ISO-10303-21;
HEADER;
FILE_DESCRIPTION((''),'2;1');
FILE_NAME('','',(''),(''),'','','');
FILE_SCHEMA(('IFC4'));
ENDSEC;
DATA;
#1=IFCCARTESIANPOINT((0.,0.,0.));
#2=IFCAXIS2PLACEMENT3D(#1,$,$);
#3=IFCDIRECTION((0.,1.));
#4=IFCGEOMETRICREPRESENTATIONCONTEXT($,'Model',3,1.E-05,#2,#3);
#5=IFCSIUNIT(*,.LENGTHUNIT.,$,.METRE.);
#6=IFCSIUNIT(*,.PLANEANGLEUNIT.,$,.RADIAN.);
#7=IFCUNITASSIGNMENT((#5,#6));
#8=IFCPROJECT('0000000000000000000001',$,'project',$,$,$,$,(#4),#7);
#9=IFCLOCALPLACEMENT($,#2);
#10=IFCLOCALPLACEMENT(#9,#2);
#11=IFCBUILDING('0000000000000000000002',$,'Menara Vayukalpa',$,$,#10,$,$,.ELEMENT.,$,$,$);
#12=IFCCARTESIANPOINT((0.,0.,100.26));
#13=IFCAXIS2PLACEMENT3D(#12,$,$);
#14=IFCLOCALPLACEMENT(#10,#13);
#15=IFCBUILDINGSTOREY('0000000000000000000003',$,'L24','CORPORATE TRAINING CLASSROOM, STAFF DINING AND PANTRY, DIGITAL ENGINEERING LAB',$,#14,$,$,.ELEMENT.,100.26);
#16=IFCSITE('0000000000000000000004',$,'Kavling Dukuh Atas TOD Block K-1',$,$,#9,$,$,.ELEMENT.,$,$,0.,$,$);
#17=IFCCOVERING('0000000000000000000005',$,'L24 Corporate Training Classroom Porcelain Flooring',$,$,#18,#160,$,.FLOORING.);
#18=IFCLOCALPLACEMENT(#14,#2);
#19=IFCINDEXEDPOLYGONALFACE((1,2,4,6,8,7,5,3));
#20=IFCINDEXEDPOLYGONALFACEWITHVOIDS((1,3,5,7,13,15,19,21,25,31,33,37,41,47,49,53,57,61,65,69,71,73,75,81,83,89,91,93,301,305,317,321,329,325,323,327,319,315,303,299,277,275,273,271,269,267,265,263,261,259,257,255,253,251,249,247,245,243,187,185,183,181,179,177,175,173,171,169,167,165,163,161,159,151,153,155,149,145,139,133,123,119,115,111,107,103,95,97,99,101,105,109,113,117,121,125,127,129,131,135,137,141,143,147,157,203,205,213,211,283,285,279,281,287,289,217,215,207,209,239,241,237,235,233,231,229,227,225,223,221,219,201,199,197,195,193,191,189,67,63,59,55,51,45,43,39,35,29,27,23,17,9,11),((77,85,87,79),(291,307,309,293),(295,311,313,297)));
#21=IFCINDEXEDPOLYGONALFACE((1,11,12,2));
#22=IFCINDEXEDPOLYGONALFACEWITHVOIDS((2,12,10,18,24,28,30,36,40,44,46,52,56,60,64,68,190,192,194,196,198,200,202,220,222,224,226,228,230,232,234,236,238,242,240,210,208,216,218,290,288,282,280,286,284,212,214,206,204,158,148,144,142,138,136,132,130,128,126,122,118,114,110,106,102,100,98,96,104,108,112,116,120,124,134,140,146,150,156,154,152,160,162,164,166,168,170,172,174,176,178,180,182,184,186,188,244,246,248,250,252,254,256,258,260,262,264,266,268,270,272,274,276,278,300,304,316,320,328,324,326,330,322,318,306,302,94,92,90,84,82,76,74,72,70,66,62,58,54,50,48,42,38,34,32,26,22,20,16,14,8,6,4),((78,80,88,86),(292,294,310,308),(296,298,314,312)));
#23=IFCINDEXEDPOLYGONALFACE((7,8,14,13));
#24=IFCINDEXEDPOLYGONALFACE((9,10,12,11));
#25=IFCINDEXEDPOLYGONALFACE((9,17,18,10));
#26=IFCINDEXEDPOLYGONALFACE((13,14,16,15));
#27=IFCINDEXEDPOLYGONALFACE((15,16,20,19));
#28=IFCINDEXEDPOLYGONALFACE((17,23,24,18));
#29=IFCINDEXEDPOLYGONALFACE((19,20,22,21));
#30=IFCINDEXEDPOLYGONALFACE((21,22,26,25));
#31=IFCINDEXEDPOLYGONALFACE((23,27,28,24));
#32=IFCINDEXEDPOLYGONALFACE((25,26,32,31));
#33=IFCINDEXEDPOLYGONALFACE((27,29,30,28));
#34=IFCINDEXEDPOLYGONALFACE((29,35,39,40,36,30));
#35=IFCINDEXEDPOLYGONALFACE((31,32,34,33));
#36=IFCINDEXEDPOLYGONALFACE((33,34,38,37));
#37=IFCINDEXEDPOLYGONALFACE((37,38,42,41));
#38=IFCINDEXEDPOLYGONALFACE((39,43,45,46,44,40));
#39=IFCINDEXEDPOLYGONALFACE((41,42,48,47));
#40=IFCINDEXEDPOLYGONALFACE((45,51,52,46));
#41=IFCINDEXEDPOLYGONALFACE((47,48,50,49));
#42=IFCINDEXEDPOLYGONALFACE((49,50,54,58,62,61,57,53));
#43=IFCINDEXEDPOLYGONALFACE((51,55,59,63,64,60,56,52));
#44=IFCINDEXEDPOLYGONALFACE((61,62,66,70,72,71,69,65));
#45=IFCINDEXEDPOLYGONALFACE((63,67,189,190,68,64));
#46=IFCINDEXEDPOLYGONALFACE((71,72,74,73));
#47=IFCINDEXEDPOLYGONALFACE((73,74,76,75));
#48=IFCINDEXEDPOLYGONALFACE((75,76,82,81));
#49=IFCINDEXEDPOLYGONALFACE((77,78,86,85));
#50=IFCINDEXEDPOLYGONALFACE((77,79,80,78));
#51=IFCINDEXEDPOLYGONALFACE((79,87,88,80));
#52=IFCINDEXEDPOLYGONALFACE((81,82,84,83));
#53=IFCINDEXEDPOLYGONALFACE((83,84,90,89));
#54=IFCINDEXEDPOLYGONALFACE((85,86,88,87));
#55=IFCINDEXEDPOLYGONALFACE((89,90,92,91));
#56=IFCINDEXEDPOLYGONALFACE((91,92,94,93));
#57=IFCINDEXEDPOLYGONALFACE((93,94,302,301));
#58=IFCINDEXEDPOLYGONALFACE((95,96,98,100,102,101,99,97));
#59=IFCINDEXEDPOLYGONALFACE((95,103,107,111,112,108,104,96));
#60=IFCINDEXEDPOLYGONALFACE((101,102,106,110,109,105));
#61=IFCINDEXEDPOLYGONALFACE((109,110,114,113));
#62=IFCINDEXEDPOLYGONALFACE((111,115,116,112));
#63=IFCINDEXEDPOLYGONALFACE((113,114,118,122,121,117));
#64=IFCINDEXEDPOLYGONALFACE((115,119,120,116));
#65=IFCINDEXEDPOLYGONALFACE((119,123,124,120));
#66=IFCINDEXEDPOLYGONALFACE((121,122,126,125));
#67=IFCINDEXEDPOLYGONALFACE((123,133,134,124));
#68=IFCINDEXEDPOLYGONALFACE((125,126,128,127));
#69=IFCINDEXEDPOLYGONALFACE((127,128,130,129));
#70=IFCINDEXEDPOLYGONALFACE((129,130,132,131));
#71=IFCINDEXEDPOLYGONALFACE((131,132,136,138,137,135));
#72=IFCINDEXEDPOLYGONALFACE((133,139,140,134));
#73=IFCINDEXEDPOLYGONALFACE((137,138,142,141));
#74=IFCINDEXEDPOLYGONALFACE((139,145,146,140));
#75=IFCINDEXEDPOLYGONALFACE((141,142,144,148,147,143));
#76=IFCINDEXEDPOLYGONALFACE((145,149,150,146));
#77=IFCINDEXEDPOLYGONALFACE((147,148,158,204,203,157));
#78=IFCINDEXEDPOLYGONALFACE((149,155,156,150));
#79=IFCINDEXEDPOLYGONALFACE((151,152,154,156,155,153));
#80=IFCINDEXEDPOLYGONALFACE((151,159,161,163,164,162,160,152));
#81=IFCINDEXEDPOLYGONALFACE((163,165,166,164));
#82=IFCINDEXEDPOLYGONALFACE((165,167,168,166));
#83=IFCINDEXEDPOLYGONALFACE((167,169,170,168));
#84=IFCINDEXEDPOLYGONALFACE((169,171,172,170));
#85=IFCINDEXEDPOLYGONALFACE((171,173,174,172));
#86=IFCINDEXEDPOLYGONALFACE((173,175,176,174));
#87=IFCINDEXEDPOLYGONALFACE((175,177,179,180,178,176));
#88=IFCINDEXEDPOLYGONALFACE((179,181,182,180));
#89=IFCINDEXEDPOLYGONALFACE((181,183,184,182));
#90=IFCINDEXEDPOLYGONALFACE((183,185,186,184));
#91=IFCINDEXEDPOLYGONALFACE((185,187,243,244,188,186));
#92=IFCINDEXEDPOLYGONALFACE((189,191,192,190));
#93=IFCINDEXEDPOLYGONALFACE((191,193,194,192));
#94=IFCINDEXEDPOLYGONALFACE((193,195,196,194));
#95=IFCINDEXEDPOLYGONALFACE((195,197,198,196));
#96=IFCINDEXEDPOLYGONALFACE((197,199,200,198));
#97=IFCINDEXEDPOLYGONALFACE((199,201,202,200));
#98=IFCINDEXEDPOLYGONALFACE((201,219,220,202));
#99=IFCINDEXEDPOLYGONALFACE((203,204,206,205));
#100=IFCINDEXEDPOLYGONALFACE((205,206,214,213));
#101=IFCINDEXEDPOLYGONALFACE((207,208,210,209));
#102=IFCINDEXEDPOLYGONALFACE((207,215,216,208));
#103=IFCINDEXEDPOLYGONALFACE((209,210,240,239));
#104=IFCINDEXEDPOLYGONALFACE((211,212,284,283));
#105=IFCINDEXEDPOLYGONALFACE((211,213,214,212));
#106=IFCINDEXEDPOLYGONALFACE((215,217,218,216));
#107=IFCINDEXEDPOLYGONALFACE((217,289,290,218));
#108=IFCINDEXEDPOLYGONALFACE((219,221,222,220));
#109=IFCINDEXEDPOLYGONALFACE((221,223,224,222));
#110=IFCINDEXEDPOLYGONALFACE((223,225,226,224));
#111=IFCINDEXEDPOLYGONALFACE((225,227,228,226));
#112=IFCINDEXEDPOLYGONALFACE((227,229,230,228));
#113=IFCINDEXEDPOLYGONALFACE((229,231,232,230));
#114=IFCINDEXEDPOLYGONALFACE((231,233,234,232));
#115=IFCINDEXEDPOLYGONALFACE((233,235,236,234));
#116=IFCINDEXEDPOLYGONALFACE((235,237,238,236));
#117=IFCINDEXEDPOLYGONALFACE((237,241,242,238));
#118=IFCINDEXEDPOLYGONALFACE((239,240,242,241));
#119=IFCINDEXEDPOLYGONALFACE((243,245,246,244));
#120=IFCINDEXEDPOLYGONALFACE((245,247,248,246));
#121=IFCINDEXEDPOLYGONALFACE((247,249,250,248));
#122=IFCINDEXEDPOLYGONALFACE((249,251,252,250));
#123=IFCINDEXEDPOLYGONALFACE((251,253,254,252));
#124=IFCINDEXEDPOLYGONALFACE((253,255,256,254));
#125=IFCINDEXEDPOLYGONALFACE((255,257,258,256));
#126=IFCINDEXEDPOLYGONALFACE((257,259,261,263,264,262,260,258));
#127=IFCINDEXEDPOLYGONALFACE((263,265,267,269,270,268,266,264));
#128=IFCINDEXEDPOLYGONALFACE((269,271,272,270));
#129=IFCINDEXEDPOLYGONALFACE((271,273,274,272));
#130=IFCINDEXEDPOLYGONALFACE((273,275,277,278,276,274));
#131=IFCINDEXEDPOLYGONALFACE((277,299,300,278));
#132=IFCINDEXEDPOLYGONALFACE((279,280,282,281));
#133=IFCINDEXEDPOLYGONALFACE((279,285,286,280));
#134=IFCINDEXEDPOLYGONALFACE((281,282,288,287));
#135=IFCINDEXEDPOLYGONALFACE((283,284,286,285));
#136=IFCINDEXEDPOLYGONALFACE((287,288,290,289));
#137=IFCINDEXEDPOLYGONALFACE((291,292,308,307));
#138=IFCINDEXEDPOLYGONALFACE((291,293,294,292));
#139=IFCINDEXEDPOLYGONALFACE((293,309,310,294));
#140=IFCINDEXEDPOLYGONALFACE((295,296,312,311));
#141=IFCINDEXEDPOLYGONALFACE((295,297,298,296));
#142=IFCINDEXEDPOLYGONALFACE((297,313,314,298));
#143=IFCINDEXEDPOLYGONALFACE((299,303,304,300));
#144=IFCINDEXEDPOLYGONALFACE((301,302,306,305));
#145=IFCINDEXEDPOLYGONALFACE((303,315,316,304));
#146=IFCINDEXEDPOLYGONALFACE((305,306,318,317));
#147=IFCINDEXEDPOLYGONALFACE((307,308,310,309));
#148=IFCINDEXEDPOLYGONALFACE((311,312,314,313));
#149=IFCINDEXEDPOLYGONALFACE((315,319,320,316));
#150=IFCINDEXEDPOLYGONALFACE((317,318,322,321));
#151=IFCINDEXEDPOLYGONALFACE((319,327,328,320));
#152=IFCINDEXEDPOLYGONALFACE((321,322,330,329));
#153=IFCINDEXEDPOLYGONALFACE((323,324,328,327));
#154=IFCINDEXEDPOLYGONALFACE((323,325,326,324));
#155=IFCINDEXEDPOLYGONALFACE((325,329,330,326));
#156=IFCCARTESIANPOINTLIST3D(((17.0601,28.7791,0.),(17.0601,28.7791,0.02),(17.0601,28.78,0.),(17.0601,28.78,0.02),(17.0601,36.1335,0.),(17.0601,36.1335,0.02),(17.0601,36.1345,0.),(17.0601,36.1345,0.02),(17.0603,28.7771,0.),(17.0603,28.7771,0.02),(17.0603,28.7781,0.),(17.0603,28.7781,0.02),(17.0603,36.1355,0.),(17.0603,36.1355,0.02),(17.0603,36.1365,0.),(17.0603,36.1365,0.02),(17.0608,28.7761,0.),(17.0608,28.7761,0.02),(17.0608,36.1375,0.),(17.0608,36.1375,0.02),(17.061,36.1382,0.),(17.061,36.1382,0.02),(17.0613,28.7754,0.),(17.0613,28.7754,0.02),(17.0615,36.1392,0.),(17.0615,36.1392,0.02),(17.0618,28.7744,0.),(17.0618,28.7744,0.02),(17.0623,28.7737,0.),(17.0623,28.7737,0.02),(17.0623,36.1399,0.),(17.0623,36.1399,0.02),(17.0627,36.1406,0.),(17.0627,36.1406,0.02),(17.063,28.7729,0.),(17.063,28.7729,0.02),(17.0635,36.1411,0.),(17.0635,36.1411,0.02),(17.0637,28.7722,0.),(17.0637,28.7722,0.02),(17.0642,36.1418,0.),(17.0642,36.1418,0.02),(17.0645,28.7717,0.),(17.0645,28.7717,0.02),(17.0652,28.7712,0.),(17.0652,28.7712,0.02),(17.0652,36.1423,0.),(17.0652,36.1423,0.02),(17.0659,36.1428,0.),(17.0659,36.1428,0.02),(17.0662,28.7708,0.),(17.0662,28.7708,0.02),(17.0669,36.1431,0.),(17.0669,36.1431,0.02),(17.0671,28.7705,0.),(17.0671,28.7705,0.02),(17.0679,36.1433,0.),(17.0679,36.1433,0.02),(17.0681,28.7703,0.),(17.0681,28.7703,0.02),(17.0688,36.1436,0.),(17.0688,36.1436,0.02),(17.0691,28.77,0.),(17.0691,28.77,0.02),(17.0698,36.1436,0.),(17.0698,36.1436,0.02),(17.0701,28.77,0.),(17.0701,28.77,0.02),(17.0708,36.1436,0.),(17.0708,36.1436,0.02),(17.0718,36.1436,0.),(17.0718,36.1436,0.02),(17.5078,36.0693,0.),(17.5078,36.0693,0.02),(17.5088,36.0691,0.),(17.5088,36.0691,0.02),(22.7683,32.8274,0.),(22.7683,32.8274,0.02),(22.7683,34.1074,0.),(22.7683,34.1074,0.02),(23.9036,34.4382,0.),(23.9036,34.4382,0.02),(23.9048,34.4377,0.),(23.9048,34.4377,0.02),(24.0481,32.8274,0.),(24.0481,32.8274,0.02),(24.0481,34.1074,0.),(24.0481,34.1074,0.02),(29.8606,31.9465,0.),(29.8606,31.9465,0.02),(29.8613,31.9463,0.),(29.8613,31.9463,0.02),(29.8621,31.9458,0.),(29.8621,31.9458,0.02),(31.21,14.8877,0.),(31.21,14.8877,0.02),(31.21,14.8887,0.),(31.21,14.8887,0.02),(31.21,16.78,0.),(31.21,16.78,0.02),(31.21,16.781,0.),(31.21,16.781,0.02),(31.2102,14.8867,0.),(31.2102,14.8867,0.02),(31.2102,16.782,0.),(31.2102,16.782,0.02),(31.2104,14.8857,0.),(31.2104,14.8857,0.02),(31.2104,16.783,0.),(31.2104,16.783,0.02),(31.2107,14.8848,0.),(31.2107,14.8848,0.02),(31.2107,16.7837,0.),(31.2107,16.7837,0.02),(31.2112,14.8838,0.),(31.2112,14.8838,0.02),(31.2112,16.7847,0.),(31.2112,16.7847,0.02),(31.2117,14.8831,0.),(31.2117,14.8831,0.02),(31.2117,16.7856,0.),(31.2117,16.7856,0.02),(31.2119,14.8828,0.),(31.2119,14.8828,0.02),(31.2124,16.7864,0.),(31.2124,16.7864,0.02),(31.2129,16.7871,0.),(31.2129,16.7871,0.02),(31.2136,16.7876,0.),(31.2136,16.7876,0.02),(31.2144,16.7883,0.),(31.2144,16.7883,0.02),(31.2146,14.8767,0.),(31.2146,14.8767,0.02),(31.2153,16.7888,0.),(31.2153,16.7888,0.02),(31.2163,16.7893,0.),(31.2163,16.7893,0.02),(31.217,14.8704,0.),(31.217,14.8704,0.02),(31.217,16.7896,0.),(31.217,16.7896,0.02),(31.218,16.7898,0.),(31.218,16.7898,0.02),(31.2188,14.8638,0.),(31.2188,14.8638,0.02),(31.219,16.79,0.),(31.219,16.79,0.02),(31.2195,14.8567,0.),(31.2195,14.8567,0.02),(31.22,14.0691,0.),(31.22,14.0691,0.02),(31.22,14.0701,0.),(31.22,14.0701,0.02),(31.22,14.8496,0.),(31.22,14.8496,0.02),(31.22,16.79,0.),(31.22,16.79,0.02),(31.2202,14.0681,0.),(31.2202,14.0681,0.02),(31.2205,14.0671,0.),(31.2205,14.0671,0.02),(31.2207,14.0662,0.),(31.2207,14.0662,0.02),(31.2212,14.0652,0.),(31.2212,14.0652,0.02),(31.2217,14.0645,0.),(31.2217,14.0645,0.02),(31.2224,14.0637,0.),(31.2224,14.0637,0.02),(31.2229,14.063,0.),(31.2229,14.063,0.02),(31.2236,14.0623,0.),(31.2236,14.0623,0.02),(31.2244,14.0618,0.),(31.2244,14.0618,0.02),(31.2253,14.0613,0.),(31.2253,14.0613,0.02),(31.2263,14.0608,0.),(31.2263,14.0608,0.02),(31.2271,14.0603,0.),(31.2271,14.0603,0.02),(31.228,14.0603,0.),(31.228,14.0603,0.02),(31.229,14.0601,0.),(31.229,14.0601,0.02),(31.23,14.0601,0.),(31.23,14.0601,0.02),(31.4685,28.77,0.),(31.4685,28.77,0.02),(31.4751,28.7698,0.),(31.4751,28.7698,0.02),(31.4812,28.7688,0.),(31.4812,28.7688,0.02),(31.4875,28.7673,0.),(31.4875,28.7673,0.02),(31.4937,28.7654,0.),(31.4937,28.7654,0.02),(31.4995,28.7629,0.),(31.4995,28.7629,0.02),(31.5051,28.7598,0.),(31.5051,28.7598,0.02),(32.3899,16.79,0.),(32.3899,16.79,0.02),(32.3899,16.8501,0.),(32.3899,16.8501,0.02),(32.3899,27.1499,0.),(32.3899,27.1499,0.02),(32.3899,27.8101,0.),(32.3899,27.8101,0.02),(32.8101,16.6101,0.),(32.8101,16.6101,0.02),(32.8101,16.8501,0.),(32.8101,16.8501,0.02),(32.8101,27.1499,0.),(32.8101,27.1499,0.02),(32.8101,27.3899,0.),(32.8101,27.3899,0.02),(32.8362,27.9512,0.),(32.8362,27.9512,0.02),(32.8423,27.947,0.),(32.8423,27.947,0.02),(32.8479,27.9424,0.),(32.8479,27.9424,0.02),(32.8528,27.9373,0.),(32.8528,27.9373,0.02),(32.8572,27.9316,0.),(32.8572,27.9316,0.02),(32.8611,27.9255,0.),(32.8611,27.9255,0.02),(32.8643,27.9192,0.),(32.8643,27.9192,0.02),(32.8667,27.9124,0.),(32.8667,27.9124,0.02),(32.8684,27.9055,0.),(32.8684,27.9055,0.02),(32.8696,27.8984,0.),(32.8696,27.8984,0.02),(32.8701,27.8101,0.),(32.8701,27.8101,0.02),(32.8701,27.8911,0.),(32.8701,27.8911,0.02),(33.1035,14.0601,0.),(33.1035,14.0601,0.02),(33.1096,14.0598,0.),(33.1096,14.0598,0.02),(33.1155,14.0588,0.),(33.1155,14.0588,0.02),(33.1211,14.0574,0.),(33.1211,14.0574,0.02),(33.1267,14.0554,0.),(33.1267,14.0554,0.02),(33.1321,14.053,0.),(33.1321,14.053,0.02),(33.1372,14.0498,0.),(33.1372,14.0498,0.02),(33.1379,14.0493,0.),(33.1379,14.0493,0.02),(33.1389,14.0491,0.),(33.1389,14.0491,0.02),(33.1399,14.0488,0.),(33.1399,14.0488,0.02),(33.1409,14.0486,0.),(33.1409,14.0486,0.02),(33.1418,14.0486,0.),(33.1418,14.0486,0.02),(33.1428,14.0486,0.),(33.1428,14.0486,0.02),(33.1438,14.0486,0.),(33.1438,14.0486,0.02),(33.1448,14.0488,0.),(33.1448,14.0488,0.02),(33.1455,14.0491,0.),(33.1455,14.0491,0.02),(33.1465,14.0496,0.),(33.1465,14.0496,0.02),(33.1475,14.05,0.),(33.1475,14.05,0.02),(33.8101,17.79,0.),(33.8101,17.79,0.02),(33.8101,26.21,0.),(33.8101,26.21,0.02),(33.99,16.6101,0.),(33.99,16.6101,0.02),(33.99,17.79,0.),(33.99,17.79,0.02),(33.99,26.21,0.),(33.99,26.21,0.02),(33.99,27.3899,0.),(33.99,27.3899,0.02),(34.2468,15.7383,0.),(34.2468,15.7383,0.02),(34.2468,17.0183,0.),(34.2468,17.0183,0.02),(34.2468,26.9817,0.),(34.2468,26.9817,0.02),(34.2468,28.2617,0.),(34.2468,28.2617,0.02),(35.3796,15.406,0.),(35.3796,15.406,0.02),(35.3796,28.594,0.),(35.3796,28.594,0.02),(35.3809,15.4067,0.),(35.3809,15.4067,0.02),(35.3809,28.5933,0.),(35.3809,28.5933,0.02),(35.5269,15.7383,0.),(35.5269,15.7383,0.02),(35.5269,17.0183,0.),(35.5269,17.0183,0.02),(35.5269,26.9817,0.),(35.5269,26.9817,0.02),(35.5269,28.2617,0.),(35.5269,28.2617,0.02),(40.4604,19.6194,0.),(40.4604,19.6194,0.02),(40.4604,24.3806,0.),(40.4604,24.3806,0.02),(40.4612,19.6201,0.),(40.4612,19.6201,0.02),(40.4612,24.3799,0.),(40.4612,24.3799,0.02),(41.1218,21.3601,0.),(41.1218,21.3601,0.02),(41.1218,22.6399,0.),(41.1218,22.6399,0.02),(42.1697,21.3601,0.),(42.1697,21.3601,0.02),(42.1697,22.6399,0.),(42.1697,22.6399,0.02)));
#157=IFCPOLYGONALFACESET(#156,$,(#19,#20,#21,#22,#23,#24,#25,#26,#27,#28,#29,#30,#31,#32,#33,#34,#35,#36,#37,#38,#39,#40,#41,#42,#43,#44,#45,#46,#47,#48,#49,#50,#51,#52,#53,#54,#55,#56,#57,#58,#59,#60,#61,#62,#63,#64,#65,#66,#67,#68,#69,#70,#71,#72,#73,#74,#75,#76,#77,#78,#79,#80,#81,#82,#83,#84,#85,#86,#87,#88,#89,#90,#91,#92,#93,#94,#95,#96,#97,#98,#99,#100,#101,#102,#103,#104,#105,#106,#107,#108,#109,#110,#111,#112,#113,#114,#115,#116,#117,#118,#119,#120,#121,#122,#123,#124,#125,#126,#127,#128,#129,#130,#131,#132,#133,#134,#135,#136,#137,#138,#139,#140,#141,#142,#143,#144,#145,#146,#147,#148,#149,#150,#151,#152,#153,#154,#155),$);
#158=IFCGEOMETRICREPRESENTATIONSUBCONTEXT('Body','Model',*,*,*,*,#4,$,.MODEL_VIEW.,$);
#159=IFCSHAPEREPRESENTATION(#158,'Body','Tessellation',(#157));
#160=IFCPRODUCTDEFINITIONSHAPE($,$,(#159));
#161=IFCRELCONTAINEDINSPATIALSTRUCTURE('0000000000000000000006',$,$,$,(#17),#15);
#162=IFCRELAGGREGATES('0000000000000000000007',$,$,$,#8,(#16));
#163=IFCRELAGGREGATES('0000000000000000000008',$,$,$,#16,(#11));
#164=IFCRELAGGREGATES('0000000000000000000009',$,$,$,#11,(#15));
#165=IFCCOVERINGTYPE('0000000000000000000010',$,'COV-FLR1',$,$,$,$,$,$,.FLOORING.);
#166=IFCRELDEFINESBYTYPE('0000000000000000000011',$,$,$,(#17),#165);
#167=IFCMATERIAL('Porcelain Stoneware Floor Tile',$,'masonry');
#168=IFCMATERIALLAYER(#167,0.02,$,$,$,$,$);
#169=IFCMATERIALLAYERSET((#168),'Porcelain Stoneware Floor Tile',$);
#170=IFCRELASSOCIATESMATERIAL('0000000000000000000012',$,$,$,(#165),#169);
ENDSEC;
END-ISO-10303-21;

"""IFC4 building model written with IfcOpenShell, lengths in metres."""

from ifc_helpers import new_model, si_unit, direction, frame, origin, place, context, subcontext, project, spatial, polyline, outline, extrude, material, layer, layer_set, type_object, element, save


model = new_model("IFC4")

# Units and contexts
model_context = context("Model", 3, precision=1e-05, world=origin(), true_north=direction((0.0, 1.0)))
body_context = subcontext(model_context, "Body", "Model", "MODEL_VIEW")
ifc_project = project(units=[si_unit("LENGTHUNIT", "METRE"), si_unit("PLANEANGLEUNIT", "RADIAN")], contexts=[model_context])

# Site, building, storey
site_placement = place(None, origin())
site = spatial("IfcSite", under=ifc_project, at=site_placement, Name="Kavling Dukuh Atas TOD Block K-1", CompositionType="ELEMENT", RefElevation=0.0)
building_placement = place(site_placement, origin())
building = spatial("IfcBuilding", under=site, at=building_placement, Name="Menara Vayukalpa", CompositionType="ELEMENT")
storey_placement = place(building_placement, frame((0.0, 0.0, 100.26)))
storey = spatial("IfcBuildingStorey", under=building, at=storey_placement, Name="L24", Description="CORPORATE TRAINING CLASSROOM, STAFF DINING AND PANTRY, DIGITAL ENGINEERING LAB", CompositionType="ELEMENT", Elevation=100.26)

# Covering
ifc_material_1 = material(Name="Porcelain Stoneware Floor Tile", Category="masonry")
ifc_layer_1 = layer(ifc_material_1, 0.02)
ifc_layer_set_1 = layer_set([ifc_layer_1], Name="Porcelain Stoneware Floor Tile")
covering_type_1 = type_object("IfcCoveringType", Name="COV-FLR1", PredefinedType="FLOORING", material=ifc_layer_set_1)
covering_1_placement = place(storey_placement, origin())
element("IfcCovering", 1, at=covering_1_placement, inside=storey, type_object=covering_type_1, Name="L24 Corporate Training Classroom Porcelain Flooring", PredefinedType="FLOORING", context=body_context, shape_type="SweptSolid", body=[
    extrude(outline(polyline([(32.8101, 16.8501), (32.8101, 16.6101), (33.99, 16.6101), (33.99, 17.79), (33.8101, 17.79), (33.8101, 26.21), (33.99, 26.21), (33.99, 27.3899), (32.8101, 27.3899), (32.8101, 27.1499), (32.3899, 27.1499), (32.3899, 27.8101), (32.8701, 27.8101), (32.8701, 27.8911), (32.8696, 27.8984), (32.8684, 27.9055), (32.8667, 27.9124), (32.8643, 27.9192), (32.8611, 27.9255), (32.8572, 27.9316), (32.8528, 27.9373), (32.8479, 27.9424), (32.8423, 27.947), (32.8362, 27.9512), (31.5051, 28.7598), (31.4995, 28.7629), (31.4937, 28.7654), (31.4875, 28.7673), (31.4812, 28.7688), (31.4751, 28.7698), (31.4685, 28.77), (17.0701, 28.77), (17.0691, 28.77), (17.0681, 28.7703), (17.0671, 28.7705), (17.0662, 28.7708), (17.0652, 28.7712), (17.0645, 28.7717), (17.0637, 28.7722), (17.063, 28.7729), (17.0623, 28.7737), (17.0618, 28.7744), (17.0613, 28.7754), (17.0608, 28.7761), (17.0603, 28.7771), (17.0603, 28.7781), (17.0601, 28.7791), (17.0601, 28.78), (17.0601, 36.1335), (17.0601, 36.1345), (17.0603, 36.1355), (17.0603, 36.1365), (17.0608, 36.1375), (17.061, 36.1382), (17.0615, 36.1392), (17.0623, 36.1399), (17.0627, 36.1406), (17.0635, 36.1411), (17.0642, 36.1418), (17.0652, 36.1423), (17.0659, 36.1428), (17.0669, 36.1431), (17.0679, 36.1433), (17.0688, 36.1436), (17.0698, 36.1436), (17.0708, 36.1436), (17.0718, 36.1436), (17.5078, 36.0693), (17.5088, 36.0691), (23.9036, 34.4382), (23.9048, 34.4377), (29.8606, 31.9465), (29.8613, 31.9463), (29.8621, 31.9458), (35.3796, 28.594), (35.3809, 28.5933), (40.4604, 24.3806), (40.4612, 24.3799), (42.1697, 22.6399), (41.1218, 22.6399), (41.1218, 21.3601), (42.1697, 21.3601), (40.4612, 19.6201), (40.4604, 19.6194), (35.3809, 15.4067), (35.3796, 15.406), (33.1475, 14.05), (33.1465, 14.0496), (33.1455, 14.0491), (33.1448, 14.0488), (33.1438, 14.0486), (33.1428, 14.0486), (33.1418, 14.0486), (33.1409, 14.0486), (33.1399, 14.0488), (33.1389, 14.0491), (33.1379, 14.0493), (33.1372, 14.0498), (33.1321, 14.053), (33.1267, 14.0554), (33.1211, 14.0574), (33.1155, 14.0588), (33.1096, 14.0598), (33.1035, 14.0601), (31.23, 14.0601), (31.229, 14.0601), (31.228, 14.0603), (31.2271, 14.0603), (31.2263, 14.0608), (31.2253, 14.0613), (31.2244, 14.0618), (31.2236, 14.0623), (31.2229, 14.063), (31.2224, 14.0637), (31.2217, 14.0645), (31.2212, 14.0652), (31.2207, 14.0662), (31.2205, 14.0671), (31.2202, 14.0681), (31.22, 14.0691), (31.22, 14.0701), (31.22, 14.8496), (31.2195, 14.8567), (31.2188, 14.8638), (31.217, 14.8704), (31.2146, 14.8767), (31.2119, 14.8828), (31.2117, 14.8831), (31.2112, 14.8838), (31.2107, 14.8848), (31.2104, 14.8857), (31.2102, 14.8867), (31.21, 14.8877), (31.21, 14.8887), (31.21, 16.78), (31.21, 16.781), (31.2102, 16.782), (31.2104, 16.783), (31.2107, 16.7837), (31.2112, 16.7847), (31.2117, 16.7856), (31.2124, 16.7864), (31.2129, 16.7871), (31.2136, 16.7876), (31.2144, 16.7883), (31.2153, 16.7888), (31.2163, 16.7893), (31.217, 16.7896), (31.218, 16.7898), (31.219, 16.79), (31.22, 16.79), (32.3899, 16.79), (32.3899, 16.8501), (32.8101, 16.8501)]), holes=[polyline([(35.5269, 17.0183), (34.2468, 17.0183), (34.2468, 15.7383), (35.5269, 15.7383), (35.5269, 17.0183)]), polyline([(35.5269, 26.9817), (35.5269, 28.2617), (34.2468, 28.2617), (34.2468, 26.9817), (35.5269, 26.9817)]), polyline([(24.0481, 32.8274), (24.0481, 34.1074), (22.7683, 34.1074), (22.7683, 32.8274), (24.0481, 32.8274)])]), origin(), (0.0, 0.0, 1.0), 0.02),
])

save(model, "model.ifc")
